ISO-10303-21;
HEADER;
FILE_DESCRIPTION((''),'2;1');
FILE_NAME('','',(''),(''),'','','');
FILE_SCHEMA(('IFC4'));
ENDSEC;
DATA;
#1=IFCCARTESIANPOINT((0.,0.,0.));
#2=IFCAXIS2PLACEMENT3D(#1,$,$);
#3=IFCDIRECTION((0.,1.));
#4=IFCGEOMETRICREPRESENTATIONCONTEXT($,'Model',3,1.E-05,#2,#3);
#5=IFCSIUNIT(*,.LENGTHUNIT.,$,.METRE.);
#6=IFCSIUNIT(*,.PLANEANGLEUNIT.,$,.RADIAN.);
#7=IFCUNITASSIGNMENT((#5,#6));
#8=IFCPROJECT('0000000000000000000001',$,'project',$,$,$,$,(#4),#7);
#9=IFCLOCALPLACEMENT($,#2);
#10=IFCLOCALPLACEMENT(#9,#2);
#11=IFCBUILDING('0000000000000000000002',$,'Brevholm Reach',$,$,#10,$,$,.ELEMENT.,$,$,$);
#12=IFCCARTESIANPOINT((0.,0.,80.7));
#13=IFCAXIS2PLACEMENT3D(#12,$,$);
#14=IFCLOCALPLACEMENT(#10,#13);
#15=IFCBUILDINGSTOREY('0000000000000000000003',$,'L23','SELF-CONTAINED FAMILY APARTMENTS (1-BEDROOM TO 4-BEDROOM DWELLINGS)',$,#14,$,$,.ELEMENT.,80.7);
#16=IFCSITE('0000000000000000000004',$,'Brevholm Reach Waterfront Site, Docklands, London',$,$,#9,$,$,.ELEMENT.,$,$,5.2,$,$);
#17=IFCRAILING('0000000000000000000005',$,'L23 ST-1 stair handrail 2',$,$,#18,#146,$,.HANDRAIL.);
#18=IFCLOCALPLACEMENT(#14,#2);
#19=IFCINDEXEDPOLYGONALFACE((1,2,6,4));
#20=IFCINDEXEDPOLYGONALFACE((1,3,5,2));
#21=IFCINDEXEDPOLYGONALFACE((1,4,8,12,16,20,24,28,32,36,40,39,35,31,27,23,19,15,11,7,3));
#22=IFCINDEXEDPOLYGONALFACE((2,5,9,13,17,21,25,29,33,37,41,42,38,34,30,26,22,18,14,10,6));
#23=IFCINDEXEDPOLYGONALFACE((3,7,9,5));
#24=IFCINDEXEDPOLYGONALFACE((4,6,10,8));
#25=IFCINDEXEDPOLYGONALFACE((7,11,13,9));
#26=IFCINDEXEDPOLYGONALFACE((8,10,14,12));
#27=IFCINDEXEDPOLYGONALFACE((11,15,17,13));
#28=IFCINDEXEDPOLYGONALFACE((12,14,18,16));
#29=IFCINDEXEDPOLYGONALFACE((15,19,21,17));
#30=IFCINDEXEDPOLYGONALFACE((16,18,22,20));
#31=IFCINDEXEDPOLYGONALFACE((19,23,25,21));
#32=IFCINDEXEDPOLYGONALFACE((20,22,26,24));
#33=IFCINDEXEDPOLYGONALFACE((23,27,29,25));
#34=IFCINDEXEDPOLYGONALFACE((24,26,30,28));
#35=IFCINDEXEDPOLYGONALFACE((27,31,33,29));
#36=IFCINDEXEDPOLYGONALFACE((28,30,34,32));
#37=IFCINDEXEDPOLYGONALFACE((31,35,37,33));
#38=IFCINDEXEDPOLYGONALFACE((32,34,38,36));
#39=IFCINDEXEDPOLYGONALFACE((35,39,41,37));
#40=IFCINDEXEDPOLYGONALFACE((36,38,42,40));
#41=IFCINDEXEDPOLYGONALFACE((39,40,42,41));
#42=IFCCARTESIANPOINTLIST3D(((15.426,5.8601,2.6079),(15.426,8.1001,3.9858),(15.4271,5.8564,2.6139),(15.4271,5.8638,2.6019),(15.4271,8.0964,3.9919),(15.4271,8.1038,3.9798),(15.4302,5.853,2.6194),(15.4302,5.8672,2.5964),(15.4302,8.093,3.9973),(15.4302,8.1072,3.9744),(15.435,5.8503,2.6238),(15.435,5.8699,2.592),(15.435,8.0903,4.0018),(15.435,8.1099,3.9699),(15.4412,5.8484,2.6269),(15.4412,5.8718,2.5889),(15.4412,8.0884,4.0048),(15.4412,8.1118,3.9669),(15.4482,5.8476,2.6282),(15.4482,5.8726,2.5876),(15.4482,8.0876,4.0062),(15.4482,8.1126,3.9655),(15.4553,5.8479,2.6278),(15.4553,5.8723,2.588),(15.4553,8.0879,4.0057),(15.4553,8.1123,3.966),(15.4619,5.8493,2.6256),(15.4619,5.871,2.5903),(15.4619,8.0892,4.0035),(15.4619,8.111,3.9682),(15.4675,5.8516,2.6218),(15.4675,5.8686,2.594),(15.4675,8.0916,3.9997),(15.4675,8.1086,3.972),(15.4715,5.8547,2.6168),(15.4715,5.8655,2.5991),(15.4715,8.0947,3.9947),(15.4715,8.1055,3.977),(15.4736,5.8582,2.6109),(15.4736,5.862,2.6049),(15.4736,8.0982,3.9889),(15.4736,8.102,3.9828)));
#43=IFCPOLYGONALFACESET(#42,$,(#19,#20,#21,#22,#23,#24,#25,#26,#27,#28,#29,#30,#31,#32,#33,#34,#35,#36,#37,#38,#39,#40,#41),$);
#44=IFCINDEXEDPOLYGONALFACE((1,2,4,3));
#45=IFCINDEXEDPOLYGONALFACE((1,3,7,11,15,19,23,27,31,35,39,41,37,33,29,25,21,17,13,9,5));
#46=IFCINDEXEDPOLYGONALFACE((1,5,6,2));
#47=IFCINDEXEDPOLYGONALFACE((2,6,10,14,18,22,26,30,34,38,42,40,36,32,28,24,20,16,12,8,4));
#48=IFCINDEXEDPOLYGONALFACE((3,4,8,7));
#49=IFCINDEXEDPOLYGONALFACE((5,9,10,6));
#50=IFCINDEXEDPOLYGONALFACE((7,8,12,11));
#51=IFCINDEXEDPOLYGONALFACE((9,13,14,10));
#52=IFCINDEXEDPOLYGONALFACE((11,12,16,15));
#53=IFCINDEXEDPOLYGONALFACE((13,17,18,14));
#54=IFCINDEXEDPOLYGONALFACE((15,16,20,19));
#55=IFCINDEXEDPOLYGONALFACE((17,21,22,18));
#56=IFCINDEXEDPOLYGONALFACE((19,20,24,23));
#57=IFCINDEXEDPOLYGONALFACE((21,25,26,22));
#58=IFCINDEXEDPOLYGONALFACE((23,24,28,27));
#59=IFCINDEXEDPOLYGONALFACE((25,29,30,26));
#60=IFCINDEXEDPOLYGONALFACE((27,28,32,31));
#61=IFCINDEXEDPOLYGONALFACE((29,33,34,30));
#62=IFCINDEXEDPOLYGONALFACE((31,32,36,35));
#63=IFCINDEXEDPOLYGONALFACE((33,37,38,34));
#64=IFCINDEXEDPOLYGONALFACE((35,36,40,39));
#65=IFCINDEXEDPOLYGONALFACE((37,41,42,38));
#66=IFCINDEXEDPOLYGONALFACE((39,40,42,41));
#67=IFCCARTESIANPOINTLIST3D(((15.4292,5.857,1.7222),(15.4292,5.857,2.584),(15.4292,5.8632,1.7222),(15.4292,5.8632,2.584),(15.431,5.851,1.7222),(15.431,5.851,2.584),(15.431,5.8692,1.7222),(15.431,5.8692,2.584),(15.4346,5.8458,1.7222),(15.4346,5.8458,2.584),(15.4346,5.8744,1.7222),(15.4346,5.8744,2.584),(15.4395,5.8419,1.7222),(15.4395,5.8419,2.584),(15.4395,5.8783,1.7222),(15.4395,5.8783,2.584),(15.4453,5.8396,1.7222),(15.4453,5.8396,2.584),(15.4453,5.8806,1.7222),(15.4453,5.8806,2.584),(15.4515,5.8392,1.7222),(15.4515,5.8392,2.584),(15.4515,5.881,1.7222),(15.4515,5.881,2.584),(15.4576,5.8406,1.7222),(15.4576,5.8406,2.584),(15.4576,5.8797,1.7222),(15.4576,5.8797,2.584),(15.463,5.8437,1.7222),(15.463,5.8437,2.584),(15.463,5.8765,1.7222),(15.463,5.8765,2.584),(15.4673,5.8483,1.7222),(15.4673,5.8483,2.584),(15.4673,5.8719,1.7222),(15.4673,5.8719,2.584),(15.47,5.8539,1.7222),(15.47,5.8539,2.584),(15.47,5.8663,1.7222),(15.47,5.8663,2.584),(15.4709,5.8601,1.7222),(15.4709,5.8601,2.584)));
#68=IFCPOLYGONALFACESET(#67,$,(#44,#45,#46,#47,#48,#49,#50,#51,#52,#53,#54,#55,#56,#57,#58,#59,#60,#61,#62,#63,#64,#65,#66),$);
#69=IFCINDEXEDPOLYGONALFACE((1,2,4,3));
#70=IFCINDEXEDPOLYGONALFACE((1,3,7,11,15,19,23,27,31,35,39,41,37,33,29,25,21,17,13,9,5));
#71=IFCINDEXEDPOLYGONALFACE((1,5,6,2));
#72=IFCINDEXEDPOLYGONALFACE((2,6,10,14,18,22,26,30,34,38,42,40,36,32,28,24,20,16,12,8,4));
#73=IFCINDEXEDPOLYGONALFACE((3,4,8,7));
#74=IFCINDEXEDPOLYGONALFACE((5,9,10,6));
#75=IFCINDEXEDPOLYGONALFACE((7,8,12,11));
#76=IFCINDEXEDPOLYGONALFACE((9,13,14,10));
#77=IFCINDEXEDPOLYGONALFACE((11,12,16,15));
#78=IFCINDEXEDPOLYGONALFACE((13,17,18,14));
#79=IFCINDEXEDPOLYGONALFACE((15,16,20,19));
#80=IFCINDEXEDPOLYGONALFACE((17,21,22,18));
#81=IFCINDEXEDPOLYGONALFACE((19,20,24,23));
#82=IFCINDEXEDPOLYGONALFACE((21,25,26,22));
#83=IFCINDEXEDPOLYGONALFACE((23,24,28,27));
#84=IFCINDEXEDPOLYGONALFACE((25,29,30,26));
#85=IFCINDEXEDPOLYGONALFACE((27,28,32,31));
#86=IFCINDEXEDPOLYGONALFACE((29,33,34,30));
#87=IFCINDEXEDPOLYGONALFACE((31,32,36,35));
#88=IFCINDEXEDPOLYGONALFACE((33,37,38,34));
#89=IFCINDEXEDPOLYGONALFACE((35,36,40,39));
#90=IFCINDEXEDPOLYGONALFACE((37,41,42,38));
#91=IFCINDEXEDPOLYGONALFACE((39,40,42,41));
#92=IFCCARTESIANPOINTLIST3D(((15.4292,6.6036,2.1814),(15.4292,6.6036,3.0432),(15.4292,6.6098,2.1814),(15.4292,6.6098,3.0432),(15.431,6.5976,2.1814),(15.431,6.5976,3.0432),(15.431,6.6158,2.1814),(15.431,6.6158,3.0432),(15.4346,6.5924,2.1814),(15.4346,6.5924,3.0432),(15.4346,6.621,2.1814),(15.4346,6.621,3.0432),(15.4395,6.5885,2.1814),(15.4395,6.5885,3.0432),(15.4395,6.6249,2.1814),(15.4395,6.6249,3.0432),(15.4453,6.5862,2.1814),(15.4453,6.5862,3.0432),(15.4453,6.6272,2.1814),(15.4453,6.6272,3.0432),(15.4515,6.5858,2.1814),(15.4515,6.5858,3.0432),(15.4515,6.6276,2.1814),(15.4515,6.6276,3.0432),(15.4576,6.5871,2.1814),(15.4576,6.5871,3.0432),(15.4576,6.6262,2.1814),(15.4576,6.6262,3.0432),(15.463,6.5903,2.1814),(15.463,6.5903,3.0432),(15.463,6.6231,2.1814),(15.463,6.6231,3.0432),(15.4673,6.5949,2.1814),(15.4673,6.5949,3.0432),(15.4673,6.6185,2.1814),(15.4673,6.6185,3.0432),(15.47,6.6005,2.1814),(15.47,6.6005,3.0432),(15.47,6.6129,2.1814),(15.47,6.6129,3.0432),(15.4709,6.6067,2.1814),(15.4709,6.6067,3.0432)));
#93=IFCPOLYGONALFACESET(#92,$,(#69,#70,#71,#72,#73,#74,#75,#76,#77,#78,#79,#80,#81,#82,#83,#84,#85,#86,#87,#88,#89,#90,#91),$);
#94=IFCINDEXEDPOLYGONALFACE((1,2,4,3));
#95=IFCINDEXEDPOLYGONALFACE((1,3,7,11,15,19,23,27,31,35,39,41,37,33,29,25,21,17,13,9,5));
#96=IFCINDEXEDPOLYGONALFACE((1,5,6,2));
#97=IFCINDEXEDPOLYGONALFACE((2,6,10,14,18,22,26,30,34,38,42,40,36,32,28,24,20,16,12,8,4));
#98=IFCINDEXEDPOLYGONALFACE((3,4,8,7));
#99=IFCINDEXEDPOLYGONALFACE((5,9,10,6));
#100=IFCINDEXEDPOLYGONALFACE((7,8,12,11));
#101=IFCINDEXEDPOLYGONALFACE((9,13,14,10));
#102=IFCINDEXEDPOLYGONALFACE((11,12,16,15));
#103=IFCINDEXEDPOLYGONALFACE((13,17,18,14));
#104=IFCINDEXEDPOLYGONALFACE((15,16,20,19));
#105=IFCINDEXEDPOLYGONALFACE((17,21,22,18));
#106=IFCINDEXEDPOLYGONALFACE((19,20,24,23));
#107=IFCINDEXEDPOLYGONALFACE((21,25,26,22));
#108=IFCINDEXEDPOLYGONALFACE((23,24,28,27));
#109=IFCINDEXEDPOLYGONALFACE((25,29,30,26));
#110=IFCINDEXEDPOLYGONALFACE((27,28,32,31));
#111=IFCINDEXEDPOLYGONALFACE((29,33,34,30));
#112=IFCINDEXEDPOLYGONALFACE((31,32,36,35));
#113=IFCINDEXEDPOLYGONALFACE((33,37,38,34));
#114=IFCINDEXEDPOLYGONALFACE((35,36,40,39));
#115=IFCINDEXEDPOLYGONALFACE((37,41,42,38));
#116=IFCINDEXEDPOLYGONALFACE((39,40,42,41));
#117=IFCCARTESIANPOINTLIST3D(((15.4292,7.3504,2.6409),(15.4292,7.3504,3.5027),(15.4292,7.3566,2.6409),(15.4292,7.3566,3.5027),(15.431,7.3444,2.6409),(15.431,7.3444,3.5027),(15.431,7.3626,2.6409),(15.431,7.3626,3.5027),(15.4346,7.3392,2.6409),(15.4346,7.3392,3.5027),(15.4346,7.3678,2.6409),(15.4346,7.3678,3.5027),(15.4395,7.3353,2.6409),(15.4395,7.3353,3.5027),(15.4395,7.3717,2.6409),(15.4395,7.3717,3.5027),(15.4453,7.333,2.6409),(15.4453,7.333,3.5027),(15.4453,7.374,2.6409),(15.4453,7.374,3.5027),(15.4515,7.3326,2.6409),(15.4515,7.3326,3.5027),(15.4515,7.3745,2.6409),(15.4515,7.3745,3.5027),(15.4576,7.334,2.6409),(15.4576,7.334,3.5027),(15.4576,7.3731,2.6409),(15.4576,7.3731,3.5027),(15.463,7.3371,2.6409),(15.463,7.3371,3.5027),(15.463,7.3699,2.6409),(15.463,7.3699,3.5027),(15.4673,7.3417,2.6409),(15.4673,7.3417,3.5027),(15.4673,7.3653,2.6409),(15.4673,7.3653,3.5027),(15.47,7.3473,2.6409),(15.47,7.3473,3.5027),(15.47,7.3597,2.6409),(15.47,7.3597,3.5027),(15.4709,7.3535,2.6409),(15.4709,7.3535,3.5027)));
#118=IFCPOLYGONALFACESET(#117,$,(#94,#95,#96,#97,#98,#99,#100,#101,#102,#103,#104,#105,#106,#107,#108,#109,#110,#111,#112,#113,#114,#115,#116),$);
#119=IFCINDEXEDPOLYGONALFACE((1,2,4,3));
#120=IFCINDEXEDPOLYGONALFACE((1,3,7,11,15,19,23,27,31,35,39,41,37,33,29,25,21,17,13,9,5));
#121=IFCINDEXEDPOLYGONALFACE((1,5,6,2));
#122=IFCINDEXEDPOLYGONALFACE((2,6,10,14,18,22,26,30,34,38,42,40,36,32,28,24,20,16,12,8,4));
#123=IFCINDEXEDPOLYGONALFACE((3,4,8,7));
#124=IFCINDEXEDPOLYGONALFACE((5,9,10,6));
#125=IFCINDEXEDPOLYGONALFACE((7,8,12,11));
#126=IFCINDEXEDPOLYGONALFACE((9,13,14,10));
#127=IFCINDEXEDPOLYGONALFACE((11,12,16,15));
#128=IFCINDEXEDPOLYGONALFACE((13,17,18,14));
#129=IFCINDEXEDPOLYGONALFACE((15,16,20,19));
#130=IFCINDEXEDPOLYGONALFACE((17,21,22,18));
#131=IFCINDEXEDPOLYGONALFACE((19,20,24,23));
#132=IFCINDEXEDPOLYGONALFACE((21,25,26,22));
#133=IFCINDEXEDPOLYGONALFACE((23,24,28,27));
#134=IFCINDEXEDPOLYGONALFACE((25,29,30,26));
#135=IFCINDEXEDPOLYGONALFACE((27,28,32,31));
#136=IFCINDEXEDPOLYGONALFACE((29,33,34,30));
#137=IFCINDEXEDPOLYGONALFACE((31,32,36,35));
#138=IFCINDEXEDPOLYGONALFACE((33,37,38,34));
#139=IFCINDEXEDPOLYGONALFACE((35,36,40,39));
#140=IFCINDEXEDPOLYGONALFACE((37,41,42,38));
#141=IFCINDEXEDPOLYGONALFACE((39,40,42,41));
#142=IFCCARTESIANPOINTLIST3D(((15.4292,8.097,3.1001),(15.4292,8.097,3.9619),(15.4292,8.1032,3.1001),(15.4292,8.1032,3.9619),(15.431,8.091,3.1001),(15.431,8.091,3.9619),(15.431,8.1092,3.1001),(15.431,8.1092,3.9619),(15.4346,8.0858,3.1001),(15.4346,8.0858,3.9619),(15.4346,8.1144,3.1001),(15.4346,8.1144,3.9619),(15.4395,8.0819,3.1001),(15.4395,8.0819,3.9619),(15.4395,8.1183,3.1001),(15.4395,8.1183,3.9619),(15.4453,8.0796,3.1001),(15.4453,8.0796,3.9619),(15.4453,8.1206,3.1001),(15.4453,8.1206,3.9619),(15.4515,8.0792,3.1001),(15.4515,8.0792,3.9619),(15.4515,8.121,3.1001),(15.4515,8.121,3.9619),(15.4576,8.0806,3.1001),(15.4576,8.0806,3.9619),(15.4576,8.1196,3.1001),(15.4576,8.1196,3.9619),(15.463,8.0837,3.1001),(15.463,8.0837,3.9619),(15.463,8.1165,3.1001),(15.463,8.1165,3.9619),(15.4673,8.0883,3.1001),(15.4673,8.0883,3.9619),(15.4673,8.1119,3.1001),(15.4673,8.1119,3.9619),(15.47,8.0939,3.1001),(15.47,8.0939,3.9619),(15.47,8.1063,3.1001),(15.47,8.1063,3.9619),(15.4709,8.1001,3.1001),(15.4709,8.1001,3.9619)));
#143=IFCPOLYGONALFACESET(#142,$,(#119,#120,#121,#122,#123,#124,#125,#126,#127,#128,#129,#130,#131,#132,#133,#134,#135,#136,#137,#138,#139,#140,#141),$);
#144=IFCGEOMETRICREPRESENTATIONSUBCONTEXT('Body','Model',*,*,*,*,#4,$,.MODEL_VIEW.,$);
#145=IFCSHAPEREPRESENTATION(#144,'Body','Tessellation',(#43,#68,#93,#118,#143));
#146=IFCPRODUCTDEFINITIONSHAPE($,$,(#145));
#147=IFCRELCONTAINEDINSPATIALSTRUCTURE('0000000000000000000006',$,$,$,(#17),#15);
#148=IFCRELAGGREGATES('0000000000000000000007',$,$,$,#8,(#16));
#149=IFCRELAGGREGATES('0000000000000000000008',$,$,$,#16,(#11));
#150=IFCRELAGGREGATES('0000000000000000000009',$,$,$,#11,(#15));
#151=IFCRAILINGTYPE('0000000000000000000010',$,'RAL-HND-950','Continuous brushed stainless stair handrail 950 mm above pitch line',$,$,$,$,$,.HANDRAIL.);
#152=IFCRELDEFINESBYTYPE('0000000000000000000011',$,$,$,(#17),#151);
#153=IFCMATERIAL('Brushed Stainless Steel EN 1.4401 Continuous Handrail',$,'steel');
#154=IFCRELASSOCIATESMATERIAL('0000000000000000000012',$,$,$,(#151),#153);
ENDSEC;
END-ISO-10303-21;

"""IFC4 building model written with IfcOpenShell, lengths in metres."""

from ifc_helpers import new_model, si_unit, direction, frame, origin, origin_2d, place, context, subcontext, project, spatial, circle, extrude, material, type_object, element, save


model = new_model("IFC4")

# Units and contexts
model_context = context("Model", 3, precision=1e-05, world=origin(), true_north=direction((0.0, 1.0)))
body_context = subcontext(model_context, "Body", "Model", "MODEL_VIEW")
ifc_project = project(units=[si_unit("LENGTHUNIT", "METRE"), si_unit("PLANEANGLEUNIT", "RADIAN")], contexts=[model_context])

# Site, building, storey
site_placement = place(None, origin())
site = spatial("IfcSite", under=ifc_project, at=site_placement, Name="Brevholm Reach Waterfront Site, Docklands, London", CompositionType="ELEMENT", RefElevation=5.2)
building_placement = place(site_placement, origin())
building = spatial("IfcBuilding", under=site, at=building_placement, Name="Brevholm Reach", CompositionType="ELEMENT")
storey_placement = place(building_placement, frame((0.0, 0.0, 80.7)))
storey = spatial("IfcBuildingStorey", under=building, at=storey_placement, Name="L23", Description="SELF-CONTAINED FAMILY APARTMENTS (1-BEDROOM TO 4-BEDROOM DWELLINGS)", CompositionType="ELEMENT", Elevation=80.7)

# Railing
ifc_material_1 = material(Name="Brushed Stainless Steel EN 1.4401 Continuous Handrail", Category="steel")
railing_type_1 = type_object("IfcRailingType", Name="RAL-HND-950", Description="Continuous brushed stainless stair handrail 950 mm above pitch line", PredefinedType="HANDRAIL", material=ifc_material_1)
railing_1_placement = place(storey_placement, frame((15.45, 5.8601, 1.7222)))
element("IfcRailing", 1, at=railing_1_placement, inside=storey, type_object=railing_type_1, Name="L23 ST-1 stair handrail 2", PredefinedType="HANDRAIL", context=body_context, shape_type="SweptSolid", body=[
    extrude(circle(Radius=0.0239, at=origin_2d()), frame((0.0, 0.0, 0.8857), z_axis=(0.0, 0.851748, 0.523952), x_axis=(-1.0, 0.0, 0.0)), (0.0, 0.0, 1.0), 2.6299),
    extrude(circle(Radius=0.021, at=origin_2d()), origin(), (0.0, 0.0, 1.0), 0.8618),
    extrude(circle(Radius=0.021, at=origin_2d()), frame((0.0, 0.7466, 0.4592)), (0.0, 0.0, 1.0), 0.8618),
    extrude(circle(Radius=0.021, at=origin_2d()), frame((0.0, 1.4934, 0.9187)), (0.0, 0.0, 1.0), 0.8618),
    extrude(circle(Radius=0.021, at=origin_2d()), frame((0.0, 2.24, 1.3779)), (0.0, 0.0, 1.0), 0.8618),
])

save(model, "model.ifc")
